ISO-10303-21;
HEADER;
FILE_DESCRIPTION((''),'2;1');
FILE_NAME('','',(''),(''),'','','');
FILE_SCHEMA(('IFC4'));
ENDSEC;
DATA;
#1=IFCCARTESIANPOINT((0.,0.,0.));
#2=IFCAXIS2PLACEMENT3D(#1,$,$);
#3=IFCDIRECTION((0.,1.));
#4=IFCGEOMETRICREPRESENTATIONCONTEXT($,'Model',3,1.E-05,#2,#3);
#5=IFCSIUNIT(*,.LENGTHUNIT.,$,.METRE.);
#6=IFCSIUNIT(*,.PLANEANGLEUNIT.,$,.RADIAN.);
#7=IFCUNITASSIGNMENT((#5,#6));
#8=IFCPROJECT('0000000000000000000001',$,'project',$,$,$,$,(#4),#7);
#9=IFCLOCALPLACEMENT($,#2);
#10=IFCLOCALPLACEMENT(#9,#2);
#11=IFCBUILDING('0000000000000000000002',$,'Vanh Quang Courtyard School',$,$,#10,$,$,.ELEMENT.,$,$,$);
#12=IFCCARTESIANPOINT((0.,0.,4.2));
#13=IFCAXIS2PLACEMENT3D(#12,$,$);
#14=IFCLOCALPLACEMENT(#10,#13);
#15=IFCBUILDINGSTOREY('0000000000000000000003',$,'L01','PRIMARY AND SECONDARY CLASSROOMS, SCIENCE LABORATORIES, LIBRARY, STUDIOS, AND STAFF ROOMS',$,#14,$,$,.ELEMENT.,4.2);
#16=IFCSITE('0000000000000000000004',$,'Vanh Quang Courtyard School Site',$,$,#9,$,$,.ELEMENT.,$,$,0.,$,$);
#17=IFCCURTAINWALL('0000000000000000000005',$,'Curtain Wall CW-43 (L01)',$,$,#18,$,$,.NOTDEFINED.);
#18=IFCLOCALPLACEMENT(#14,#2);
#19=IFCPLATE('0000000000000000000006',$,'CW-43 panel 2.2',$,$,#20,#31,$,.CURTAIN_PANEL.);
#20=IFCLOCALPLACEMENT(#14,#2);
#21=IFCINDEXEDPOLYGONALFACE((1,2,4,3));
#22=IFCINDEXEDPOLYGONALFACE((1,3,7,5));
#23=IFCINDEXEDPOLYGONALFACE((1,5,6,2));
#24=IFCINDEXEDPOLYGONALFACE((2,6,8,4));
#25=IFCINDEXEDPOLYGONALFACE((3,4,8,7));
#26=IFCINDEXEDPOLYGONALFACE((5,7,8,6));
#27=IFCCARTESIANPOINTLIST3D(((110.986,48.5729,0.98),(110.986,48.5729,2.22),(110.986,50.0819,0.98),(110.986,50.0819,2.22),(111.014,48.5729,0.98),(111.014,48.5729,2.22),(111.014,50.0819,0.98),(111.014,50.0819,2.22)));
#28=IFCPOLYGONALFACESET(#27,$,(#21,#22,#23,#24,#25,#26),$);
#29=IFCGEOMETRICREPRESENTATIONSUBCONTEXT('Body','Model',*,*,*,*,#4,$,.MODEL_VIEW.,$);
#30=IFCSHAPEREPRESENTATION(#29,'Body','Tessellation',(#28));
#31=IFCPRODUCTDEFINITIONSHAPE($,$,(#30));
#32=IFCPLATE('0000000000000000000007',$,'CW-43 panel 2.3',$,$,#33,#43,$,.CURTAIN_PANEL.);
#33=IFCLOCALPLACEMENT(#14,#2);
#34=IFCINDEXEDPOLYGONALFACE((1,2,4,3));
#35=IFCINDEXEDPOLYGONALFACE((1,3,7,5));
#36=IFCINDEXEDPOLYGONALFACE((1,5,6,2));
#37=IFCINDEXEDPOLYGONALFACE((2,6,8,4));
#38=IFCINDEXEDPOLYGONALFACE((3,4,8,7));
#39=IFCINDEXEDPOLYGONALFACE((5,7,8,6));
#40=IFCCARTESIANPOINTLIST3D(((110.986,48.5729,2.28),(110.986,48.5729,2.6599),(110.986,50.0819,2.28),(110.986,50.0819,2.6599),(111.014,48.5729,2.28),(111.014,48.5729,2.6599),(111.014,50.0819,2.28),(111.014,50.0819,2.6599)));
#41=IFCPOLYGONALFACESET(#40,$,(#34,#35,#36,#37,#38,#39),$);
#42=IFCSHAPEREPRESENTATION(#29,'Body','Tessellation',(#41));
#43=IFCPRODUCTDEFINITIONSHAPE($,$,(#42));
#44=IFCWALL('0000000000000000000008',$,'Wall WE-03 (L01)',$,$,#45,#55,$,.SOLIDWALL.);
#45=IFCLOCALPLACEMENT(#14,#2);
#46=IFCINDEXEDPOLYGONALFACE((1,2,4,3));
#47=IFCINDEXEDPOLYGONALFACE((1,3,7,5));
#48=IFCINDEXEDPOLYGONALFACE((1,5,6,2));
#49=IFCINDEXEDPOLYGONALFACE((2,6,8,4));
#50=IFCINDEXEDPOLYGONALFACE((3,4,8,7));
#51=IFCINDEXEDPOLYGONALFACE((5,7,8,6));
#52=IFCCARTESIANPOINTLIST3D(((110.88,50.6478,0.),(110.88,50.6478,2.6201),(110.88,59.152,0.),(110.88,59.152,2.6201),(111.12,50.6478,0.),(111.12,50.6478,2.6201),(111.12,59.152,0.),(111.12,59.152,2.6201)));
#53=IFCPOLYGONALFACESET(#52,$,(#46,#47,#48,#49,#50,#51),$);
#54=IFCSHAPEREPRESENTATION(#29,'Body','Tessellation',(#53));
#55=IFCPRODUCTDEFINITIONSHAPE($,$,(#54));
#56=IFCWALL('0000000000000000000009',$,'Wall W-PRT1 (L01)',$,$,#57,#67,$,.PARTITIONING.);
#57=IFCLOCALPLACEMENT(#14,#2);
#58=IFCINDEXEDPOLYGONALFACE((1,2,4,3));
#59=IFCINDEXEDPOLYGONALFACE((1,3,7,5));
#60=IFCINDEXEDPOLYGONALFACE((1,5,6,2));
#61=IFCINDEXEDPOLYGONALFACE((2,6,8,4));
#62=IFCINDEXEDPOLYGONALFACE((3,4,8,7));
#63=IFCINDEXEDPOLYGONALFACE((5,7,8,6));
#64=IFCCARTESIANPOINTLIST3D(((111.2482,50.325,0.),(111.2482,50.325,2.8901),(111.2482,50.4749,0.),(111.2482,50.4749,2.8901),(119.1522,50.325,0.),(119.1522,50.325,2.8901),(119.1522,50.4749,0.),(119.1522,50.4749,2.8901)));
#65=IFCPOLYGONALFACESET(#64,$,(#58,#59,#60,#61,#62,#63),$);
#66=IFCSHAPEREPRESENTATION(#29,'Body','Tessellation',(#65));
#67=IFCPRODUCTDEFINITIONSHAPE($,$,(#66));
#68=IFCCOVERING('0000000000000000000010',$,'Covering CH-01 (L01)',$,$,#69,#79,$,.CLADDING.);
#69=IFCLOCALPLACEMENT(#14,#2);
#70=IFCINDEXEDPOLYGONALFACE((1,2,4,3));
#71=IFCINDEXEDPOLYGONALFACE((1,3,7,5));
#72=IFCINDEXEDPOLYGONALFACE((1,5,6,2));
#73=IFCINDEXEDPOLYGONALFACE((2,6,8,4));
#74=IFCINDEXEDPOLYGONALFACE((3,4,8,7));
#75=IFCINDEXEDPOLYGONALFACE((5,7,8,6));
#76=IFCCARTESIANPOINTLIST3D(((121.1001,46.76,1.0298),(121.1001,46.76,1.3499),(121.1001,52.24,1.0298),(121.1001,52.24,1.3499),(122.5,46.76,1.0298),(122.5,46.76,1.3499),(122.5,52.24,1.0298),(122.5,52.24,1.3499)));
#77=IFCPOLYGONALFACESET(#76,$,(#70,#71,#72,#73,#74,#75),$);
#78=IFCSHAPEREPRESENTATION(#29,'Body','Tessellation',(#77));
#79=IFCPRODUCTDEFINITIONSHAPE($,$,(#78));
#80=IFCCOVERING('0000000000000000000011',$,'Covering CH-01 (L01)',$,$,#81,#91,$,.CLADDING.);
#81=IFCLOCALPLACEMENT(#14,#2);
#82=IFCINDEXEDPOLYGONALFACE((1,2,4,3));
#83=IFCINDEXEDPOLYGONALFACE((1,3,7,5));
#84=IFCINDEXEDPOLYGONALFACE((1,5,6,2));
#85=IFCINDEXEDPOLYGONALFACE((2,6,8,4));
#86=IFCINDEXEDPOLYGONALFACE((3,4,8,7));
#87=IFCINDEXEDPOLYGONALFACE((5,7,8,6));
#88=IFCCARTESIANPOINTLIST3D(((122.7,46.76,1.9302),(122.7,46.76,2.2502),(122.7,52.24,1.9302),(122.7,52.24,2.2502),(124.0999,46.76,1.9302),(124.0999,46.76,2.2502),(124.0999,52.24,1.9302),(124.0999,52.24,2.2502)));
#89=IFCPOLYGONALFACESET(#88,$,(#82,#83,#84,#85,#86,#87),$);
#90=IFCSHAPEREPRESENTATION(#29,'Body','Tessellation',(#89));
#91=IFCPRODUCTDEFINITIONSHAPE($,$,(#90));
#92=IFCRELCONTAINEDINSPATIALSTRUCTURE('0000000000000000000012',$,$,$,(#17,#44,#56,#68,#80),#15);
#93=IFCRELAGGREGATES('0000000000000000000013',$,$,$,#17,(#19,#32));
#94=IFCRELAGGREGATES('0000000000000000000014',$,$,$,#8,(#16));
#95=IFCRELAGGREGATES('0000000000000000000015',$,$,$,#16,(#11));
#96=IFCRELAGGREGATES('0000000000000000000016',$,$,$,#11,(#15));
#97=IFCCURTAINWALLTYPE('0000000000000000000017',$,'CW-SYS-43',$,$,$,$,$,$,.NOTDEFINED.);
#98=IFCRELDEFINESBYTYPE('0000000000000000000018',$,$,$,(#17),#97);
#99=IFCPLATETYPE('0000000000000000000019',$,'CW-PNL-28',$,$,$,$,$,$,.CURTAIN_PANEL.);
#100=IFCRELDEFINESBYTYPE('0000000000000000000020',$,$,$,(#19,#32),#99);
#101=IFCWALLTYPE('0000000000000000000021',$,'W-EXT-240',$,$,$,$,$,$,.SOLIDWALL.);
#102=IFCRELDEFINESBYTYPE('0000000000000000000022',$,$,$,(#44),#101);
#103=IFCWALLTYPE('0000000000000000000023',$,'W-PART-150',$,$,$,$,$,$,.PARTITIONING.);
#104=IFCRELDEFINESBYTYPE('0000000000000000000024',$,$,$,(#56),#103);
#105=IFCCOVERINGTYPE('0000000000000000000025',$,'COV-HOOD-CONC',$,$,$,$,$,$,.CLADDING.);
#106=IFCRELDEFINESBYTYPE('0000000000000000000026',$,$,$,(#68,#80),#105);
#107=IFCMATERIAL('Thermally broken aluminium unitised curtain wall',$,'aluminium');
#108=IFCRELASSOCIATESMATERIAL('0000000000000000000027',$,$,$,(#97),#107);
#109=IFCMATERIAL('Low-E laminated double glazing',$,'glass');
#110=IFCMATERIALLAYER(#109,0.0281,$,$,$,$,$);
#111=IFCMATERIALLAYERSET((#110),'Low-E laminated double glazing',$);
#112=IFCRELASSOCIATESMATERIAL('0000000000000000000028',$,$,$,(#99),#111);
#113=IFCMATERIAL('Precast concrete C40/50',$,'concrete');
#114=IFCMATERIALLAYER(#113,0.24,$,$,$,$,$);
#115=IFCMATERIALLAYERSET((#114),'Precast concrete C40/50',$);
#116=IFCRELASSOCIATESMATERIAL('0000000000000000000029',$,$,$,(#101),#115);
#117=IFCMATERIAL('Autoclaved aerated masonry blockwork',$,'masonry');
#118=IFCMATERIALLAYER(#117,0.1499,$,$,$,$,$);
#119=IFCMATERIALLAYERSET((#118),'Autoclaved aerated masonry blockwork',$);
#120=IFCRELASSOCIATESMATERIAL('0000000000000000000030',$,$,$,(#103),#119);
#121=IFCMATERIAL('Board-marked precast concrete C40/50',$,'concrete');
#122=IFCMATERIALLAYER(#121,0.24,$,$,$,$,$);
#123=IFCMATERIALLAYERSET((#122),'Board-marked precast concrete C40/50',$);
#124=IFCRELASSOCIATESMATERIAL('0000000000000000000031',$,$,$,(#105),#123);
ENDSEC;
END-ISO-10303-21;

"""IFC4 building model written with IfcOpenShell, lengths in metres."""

from ifc_helpers import new_model, si_unit, direction, frame, frame_2d, origin, origin_2d, place, context, subcontext, project, spatial, rectangle, extrude, material, layer, layer_set, type_object, element, aggregate, save


model = new_model("IFC4")

# Units and contexts
model_context = context("Model", 3, precision=1e-05, world=origin(), true_north=direction((0.0, 1.0)))
body_context = subcontext(model_context, "Body", "Model", "MODEL_VIEW")
ifc_project = project(units=[si_unit("LENGTHUNIT", "METRE"), si_unit("PLANEANGLEUNIT", "RADIAN")], contexts=[model_context])

# Site, building, storey
site_placement = place(None, origin())
site = spatial("IfcSite", under=ifc_project, at=site_placement, Name="Vanh Quang Courtyard School Site", CompositionType="ELEMENT", RefElevation=0.0)
building_placement = place(site_placement, origin())
building = spatial("IfcBuilding", under=site, at=building_placement, Name="Vanh Quang Courtyard School", CompositionType="ELEMENT")
storey_placement = place(building_placement, frame((0.0, 0.0, 4.2)))
storey = spatial("IfcBuildingStorey", under=building, at=storey_placement, Name="L01", Description="PRIMARY AND SECONDARY CLASSROOMS, SCIENCE LABORATORIES, LIBRARY, STUDIOS, AND STAFF ROOMS", CompositionType="ELEMENT", Elevation=4.2)

# Curtain wall
ifc_material_1 = material(Name="Thermally broken aluminium unitised curtain wall", Category="aluminium")
curtain_wall_type = type_object("IfcCurtainWallType", Name="CW-SYS-43", PredefinedType="NOTDEFINED", material=ifc_material_1)
curtain_wall_placement = place(storey_placement, origin())
curtain_wall = element("IfcCurtainWall", 1, at=curtain_wall_placement, inside=storey, type_object=curtain_wall_type, Name="Curtain Wall CW-43 (L01)", PredefinedType="NOTDEFINED")

# Plates
ifc_material_2 = material(Name="Low-E laminated double glazing", Category="glass")
ifc_layer_1 = layer(ifc_material_2, 0.0281)
ifc_layer_set_1 = layer_set([ifc_layer_1], Name="Low-E laminated double glazing")
plate_type = type_object("IfcPlateType", Name="CW-PNL-28", PredefinedType="CURTAIN_PANEL", material=ifc_layer_set_1)
plate_1_placement = place(storey_placement, frame((111.0, 49.3274, 0.98), z_axis=(0.0, 0.0, 1.0), x_axis=(0.0, 1.0, 0.0)))
plate_1 = element("IfcPlate", 2, at=plate_1_placement, type_object=plate_type, Name="CW-43 panel 2.2", PredefinedType="CURTAIN_PANEL", context=body_context, shape_type="SweptSolid", body=[
    extrude(rectangle(XDim=1.509, YDim=0.0281, at=origin_2d()), origin(), (0.0, 0.0, 1.0), 1.24),
])
plate_2_placement = place(storey_placement, frame((111.0, 49.3274, 2.28), z_axis=(0.0, 0.0, 1.0), x_axis=(0.0, 1.0, 0.0)))
plate_2 = element("IfcPlate", 3, at=plate_2_placement, type_object=plate_type, Name="CW-43 panel 2.3", PredefinedType="CURTAIN_PANEL", context=body_context, shape_type="SweptSolid", body=[
    extrude(rectangle(XDim=1.509, YDim=0.0281, at=origin_2d()), origin(), (0.0, 0.0, 1.0), 0.3799),
])
aggregate(curtain_wall, [plate_1, plate_2])

# Walls
ifc_material_3 = material(Name="Precast concrete C40/50", Category="concrete")
ifc_layer_2 = layer(ifc_material_3, 0.24)
ifc_layer_set_2 = layer_set([ifc_layer_2], Name="Precast concrete C40/50")
wall_type_1 = type_object("IfcWallType", Name="W-EXT-240", PredefinedType="SOLIDWALL", material=ifc_layer_set_2)
wall_1_placement = place(storey_placement, frame((111.0, 50.6479, 0.0), z_axis=(0.0, 0.0, 1.0), x_axis=(0.0, 1.0, 0.0)))
element("IfcWall", 4, at=wall_1_placement, inside=storey, type_object=wall_type_1, Name="Wall WE-03 (L01)", PredefinedType="SOLIDWALL", context=body_context, shape_type="SweptSolid", body=[
    extrude(rectangle(XDim=8.5042, YDim=0.24, at=frame_2d((4.252, 0.0))), origin(), (0.0, 0.0, 1.0), 2.6201),
])
ifc_material_4 = material(Name="Autoclaved aerated masonry blockwork", Category="masonry")
ifc_layer_3 = layer(ifc_material_4, 0.1499)
ifc_layer_set_3 = layer_set([ifc_layer_3], Name="Autoclaved aerated masonry blockwork")
wall_type_2 = type_object("IfcWallType", Name="W-PART-150", PredefinedType="PARTITIONING", material=ifc_layer_set_3)
wall_2_placement = place(storey_placement, frame((111.248, 50.3999, 0.0), z_axis=(0.0, 0.0, 1.0), x_axis=(1.0, 0.0, 0.0)))
element("IfcWall", 5, at=wall_2_placement, inside=storey, type_object=wall_type_2, Name="Wall W-PRT1 (L01)", PredefinedType="PARTITIONING", context=body_context, shape_type="SweptSolid", body=[
    extrude(rectangle(XDim=7.9041, YDim=0.1499, at=frame_2d((3.9521, 0.0))), origin(), (0.0, 0.0, 1.0), 2.8901),
])

# Coverings
ifc_material_5 = material(Name="Board-marked precast concrete C40/50", Category="concrete")
ifc_layer_4 = layer(ifc_material_5, 0.24)
ifc_layer_set_4 = layer_set([ifc_layer_4], Name="Board-marked precast concrete C40/50")
covering_type = type_object("IfcCoveringType", Name="COV-HOOD-CONC", PredefinedType="CLADDING", material=ifc_layer_set_4)
for number, where, z_axis, x_axis, name in (
    (6, (121.8, 49.5, 1.0298), (0.0, 0.0, 1.0), (1.0, 0.0, 0.0), "Covering CH-01 (L01)"),
    (7, (123.3999, 49.5, 1.9302), (0.0, 0.0, 1.0), (1.0, 0.0, 0.0), "Covering CH-01 (L01)"),
):
    element("IfcCovering", number, at=place(storey_placement, frame(where, z_axis=z_axis, x_axis=x_axis)), inside=storey, type_object=covering_type, Name=name, PredefinedType="CLADDING", context=body_context, shape_type="SweptSolid", body=[
        extrude(rectangle(XDim=1.3999, YDim=5.48, at=origin_2d()), origin(), (0.0, 0.0, 1.0), 0.3201),
    ])

save(model, "model.ifc")
